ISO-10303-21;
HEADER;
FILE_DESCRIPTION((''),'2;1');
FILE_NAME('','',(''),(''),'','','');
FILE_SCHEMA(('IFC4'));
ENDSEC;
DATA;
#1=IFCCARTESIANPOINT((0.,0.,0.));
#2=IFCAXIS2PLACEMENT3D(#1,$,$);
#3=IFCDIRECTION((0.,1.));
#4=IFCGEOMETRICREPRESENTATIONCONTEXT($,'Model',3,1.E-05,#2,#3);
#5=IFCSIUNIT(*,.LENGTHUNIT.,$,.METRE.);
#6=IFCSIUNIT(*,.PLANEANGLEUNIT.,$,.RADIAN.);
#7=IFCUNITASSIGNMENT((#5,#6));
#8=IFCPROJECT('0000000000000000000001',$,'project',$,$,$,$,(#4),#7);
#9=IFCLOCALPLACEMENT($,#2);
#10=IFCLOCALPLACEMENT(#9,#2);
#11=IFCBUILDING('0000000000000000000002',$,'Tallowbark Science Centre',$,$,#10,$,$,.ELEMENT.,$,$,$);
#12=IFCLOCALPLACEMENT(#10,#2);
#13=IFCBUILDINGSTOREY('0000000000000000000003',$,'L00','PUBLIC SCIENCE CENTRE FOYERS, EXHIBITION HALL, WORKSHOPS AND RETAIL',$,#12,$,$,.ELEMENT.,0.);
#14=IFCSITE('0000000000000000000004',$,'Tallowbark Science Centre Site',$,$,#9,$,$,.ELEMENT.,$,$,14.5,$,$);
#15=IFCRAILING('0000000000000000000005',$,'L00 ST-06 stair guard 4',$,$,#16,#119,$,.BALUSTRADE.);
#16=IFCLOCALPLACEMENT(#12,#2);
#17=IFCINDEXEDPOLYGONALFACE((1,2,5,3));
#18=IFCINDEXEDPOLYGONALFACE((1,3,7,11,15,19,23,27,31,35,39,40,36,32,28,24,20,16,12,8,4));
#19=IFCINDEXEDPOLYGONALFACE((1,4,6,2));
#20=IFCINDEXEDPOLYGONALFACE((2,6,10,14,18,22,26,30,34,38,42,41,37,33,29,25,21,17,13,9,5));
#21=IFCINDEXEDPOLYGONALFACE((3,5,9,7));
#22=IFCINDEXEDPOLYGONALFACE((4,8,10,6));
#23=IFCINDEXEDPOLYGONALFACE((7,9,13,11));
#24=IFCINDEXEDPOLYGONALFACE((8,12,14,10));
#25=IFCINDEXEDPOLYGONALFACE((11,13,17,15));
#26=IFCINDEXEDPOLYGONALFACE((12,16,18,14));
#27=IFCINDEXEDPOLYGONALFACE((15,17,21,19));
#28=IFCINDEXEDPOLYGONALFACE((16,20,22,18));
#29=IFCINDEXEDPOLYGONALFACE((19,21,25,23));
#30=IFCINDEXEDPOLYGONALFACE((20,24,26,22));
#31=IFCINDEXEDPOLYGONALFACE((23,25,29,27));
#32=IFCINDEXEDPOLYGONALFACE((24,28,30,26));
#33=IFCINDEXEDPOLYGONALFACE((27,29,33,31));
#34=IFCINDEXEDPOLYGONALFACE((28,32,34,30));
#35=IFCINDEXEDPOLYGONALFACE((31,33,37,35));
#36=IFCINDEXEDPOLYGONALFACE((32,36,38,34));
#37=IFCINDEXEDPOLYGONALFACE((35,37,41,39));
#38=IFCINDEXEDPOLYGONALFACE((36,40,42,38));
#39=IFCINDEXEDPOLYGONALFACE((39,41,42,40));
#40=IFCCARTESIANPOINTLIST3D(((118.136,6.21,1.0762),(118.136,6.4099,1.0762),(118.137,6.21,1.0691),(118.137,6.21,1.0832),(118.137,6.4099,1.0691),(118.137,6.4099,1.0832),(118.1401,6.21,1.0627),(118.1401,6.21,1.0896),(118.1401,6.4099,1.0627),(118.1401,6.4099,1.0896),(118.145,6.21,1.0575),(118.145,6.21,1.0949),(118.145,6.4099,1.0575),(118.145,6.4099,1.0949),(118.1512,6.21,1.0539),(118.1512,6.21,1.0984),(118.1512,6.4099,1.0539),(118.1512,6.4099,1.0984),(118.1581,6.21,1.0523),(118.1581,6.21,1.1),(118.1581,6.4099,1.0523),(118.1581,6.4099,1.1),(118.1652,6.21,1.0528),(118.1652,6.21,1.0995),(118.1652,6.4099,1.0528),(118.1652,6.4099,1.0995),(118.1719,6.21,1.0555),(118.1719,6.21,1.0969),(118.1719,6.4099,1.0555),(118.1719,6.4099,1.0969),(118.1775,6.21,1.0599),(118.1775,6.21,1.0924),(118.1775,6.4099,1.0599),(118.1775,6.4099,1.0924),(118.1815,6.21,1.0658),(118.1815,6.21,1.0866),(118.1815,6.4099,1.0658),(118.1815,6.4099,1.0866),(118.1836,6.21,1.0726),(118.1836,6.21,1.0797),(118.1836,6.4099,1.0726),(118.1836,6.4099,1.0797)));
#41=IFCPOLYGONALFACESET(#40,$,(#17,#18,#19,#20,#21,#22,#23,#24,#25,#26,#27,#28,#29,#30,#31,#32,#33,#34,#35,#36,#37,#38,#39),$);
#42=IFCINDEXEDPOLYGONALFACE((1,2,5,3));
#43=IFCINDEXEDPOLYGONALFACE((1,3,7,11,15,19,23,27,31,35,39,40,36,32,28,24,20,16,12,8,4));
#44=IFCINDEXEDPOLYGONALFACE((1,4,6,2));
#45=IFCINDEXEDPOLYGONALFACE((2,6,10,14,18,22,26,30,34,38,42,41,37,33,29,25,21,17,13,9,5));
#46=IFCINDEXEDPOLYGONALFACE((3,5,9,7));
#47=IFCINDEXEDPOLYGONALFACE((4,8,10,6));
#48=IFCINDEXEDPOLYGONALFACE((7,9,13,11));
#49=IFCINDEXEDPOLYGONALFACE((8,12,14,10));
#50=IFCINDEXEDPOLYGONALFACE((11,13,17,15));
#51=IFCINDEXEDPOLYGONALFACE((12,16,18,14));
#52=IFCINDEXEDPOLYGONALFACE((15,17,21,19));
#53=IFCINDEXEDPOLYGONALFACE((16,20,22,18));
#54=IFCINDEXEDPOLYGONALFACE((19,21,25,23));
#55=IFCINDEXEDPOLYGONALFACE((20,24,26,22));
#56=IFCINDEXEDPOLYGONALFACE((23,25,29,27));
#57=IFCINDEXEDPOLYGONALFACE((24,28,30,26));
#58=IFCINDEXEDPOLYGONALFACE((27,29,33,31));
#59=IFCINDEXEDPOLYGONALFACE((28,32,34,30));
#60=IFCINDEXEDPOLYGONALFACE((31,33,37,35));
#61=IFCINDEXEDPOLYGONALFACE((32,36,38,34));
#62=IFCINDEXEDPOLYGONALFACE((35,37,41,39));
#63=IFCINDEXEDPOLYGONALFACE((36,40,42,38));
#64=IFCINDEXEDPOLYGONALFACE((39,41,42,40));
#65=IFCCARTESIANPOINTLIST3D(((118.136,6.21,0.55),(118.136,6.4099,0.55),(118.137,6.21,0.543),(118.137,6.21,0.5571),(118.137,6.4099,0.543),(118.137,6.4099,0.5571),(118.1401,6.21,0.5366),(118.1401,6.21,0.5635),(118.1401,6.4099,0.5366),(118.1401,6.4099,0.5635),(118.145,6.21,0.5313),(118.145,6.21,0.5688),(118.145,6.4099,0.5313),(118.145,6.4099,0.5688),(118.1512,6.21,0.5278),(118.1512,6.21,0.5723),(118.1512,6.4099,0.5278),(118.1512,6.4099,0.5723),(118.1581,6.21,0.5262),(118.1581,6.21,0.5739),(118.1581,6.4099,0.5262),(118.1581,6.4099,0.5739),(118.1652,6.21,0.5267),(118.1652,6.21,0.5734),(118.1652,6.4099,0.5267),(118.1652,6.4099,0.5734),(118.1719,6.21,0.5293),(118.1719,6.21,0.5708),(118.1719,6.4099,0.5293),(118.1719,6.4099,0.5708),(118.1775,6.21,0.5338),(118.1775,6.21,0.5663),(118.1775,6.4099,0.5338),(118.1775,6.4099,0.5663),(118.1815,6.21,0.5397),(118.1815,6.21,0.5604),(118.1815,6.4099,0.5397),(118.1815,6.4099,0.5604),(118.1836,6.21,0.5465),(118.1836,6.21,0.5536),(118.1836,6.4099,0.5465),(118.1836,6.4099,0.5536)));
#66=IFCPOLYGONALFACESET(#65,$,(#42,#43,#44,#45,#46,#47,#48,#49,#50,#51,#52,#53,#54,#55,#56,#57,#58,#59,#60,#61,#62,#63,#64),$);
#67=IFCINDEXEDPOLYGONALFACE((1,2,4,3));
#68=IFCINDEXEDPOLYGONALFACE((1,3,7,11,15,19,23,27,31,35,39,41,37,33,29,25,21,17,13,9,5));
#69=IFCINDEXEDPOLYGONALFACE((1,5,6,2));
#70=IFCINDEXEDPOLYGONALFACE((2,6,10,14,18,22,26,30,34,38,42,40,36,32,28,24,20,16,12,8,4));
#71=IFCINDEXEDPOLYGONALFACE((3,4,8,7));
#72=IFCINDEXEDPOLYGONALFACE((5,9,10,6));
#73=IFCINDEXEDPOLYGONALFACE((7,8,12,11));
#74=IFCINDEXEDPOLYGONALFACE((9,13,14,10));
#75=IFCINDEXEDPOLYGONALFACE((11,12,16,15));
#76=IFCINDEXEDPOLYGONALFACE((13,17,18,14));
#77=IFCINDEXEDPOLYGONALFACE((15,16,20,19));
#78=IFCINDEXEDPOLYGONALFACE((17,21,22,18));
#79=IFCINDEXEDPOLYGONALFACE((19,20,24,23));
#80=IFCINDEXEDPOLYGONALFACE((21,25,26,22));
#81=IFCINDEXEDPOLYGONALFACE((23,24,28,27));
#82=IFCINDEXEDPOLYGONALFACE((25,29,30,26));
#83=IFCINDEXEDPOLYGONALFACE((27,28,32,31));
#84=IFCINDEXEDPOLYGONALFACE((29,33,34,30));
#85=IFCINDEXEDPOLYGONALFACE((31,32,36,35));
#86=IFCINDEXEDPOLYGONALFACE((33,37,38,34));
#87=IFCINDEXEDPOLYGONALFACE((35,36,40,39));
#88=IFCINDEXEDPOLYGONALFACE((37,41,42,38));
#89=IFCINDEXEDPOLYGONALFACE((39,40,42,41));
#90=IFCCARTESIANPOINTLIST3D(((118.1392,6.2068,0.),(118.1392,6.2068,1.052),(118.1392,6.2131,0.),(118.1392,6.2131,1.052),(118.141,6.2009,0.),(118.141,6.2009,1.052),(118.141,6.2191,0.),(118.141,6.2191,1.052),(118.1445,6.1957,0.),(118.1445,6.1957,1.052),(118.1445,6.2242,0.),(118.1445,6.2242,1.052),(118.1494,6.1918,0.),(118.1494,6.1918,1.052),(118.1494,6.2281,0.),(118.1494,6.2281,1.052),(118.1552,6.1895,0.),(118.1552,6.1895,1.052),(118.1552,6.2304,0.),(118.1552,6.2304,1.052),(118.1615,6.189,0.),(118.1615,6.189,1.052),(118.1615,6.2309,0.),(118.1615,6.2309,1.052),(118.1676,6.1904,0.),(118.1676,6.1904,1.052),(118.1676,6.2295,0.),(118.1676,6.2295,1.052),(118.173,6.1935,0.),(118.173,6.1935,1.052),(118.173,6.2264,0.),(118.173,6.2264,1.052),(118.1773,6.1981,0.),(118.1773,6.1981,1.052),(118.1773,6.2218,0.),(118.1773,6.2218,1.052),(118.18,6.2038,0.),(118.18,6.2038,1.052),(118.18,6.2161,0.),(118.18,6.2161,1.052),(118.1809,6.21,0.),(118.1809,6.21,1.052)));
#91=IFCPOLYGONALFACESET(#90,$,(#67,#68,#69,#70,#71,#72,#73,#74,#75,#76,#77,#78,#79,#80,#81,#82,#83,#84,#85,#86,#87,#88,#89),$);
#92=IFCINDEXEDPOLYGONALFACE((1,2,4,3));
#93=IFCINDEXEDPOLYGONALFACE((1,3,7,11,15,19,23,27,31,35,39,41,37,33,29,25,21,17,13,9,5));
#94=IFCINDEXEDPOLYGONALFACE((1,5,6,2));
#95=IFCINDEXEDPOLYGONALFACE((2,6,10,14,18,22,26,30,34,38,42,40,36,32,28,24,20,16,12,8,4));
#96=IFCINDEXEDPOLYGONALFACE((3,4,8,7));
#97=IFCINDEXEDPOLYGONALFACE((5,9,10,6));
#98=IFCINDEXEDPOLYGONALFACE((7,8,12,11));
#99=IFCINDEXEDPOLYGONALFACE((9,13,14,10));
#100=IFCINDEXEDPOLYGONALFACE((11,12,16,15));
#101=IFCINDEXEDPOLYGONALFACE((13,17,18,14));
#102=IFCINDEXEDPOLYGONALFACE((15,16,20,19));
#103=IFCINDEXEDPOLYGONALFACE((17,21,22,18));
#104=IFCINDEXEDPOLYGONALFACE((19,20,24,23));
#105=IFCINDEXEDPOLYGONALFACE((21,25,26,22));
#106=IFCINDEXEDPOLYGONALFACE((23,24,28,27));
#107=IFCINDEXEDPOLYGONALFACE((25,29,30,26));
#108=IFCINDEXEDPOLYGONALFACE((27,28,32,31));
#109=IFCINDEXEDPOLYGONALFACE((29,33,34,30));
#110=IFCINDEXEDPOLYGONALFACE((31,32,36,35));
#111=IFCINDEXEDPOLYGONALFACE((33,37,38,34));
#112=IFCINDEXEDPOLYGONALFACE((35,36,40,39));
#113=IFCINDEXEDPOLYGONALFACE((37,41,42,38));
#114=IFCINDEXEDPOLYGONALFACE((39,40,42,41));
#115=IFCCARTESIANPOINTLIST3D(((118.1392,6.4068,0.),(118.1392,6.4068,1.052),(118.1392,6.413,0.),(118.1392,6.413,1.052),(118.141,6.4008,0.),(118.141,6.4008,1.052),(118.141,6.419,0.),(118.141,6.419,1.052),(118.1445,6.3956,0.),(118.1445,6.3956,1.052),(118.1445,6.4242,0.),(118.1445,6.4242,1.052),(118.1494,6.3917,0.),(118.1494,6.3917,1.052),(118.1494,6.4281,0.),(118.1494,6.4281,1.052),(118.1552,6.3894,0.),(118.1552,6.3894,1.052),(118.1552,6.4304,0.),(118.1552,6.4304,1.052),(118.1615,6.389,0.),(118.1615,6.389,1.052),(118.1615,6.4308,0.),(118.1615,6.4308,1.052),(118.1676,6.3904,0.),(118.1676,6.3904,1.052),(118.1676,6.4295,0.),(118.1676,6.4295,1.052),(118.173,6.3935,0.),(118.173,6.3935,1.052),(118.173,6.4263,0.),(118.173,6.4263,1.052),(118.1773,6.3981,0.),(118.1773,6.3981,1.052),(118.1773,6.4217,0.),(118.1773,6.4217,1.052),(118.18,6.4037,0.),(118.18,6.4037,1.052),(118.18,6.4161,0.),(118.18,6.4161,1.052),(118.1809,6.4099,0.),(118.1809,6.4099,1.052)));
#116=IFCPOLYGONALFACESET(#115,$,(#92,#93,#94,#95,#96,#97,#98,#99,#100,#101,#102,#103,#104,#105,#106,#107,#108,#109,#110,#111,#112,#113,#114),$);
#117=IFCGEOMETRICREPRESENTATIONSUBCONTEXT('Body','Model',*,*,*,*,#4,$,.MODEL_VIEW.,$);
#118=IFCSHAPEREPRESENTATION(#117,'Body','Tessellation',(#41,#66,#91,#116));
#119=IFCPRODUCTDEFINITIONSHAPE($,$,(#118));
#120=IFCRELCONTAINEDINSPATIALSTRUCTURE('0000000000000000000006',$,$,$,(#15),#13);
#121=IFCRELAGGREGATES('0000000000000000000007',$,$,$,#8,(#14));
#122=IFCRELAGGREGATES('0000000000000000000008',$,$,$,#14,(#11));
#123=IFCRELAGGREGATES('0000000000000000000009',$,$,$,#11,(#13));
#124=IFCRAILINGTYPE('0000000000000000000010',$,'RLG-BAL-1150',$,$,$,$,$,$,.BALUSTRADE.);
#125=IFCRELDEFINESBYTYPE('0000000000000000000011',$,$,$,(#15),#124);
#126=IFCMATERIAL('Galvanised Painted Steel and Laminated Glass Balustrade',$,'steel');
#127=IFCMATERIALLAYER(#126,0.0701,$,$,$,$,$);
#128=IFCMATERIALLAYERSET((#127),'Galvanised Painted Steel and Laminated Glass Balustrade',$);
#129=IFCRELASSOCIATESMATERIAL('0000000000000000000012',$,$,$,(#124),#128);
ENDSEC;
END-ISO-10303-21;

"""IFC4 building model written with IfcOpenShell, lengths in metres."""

from ifc_helpers import new_model, si_unit, direction, frame, origin, origin_2d, place, context, subcontext, project, spatial, circle, extrude, material, layer, layer_set, type_object, element, save


model = new_model("IFC4")

# Units and contexts
model_context = context("Model", 3, precision=1e-05, world=origin(), true_north=direction((0.0, 1.0)))
body_context = subcontext(model_context, "Body", "Model", "MODEL_VIEW")
ifc_project = project(units=[si_unit("LENGTHUNIT", "METRE"), si_unit("PLANEANGLEUNIT", "RADIAN")], contexts=[model_context])

# Site, building, storey
site_placement = place(None, origin())
site = spatial("IfcSite", under=ifc_project, at=site_placement, Name="Tallowbark Science Centre Site", CompositionType="ELEMENT", RefElevation=14.5)
building_placement = place(site_placement, origin())
building = spatial("IfcBuilding", under=site, at=building_placement, Name="Tallowbark Science Centre", CompositionType="ELEMENT")
storey_placement = place(building_placement, origin())
storey = spatial("IfcBuildingStorey", under=building, at=storey_placement, Name="L00", Description="PUBLIC SCIENCE CENTRE FOYERS, EXHIBITION HALL, WORKSHOPS AND RETAIL", CompositionType="ELEMENT", Elevation=0.0)

# Railing
ifc_material_1 = material(Name="Galvanised Painted Steel and Laminated Glass Balustrade", Category="steel")
ifc_layer_1 = layer(ifc_material_1, 0.0701)
ifc_layer_set_1 = layer_set([ifc_layer_1], Name="Galvanised Painted Steel and Laminated Glass Balustrade")
railing_type_1 = type_object("IfcRailingType", Name="RLG-BAL-1150", PredefinedType="BALUSTRADE", material=ifc_layer_set_1)
railing_1_placement = place(storey_placement, frame((118.1599, 6.21, 0.0)))
element("IfcRailing", 1, at=railing_1_placement, inside=storey, type_object=railing_type_1, Name="L00 ST-06 stair guard 4", PredefinedType="BALUSTRADE", context=body_context, shape_type="SweptSolid", body=[
    extrude(circle(Radius=0.0239, at=origin_2d()), frame((0.0, 0.0, 1.0762), z_axis=(0.0, 1.0, 0.0), x_axis=(-1.0, 0.0, 0.0)), (0.0, 0.0, 1.0), 0.2),
    extrude(circle(Radius=0.0239, at=origin_2d()), frame((0.0, 0.0, 0.55), z_axis=(0.0, 1.0, 0.0), x_axis=(-1.0, 0.0, 0.0)), (0.0, 0.0, 1.0), 0.2),
    extrude(circle(Radius=0.021, at=origin_2d()), origin(), (0.0, 0.0, 1.0), 1.052),
    extrude(circle(Radius=0.021, at=origin_2d()), frame((0.0, 0.2, 0.0)), (0.0, 0.0, 1.0), 1.052),
])

save(model, "model.ifc")
